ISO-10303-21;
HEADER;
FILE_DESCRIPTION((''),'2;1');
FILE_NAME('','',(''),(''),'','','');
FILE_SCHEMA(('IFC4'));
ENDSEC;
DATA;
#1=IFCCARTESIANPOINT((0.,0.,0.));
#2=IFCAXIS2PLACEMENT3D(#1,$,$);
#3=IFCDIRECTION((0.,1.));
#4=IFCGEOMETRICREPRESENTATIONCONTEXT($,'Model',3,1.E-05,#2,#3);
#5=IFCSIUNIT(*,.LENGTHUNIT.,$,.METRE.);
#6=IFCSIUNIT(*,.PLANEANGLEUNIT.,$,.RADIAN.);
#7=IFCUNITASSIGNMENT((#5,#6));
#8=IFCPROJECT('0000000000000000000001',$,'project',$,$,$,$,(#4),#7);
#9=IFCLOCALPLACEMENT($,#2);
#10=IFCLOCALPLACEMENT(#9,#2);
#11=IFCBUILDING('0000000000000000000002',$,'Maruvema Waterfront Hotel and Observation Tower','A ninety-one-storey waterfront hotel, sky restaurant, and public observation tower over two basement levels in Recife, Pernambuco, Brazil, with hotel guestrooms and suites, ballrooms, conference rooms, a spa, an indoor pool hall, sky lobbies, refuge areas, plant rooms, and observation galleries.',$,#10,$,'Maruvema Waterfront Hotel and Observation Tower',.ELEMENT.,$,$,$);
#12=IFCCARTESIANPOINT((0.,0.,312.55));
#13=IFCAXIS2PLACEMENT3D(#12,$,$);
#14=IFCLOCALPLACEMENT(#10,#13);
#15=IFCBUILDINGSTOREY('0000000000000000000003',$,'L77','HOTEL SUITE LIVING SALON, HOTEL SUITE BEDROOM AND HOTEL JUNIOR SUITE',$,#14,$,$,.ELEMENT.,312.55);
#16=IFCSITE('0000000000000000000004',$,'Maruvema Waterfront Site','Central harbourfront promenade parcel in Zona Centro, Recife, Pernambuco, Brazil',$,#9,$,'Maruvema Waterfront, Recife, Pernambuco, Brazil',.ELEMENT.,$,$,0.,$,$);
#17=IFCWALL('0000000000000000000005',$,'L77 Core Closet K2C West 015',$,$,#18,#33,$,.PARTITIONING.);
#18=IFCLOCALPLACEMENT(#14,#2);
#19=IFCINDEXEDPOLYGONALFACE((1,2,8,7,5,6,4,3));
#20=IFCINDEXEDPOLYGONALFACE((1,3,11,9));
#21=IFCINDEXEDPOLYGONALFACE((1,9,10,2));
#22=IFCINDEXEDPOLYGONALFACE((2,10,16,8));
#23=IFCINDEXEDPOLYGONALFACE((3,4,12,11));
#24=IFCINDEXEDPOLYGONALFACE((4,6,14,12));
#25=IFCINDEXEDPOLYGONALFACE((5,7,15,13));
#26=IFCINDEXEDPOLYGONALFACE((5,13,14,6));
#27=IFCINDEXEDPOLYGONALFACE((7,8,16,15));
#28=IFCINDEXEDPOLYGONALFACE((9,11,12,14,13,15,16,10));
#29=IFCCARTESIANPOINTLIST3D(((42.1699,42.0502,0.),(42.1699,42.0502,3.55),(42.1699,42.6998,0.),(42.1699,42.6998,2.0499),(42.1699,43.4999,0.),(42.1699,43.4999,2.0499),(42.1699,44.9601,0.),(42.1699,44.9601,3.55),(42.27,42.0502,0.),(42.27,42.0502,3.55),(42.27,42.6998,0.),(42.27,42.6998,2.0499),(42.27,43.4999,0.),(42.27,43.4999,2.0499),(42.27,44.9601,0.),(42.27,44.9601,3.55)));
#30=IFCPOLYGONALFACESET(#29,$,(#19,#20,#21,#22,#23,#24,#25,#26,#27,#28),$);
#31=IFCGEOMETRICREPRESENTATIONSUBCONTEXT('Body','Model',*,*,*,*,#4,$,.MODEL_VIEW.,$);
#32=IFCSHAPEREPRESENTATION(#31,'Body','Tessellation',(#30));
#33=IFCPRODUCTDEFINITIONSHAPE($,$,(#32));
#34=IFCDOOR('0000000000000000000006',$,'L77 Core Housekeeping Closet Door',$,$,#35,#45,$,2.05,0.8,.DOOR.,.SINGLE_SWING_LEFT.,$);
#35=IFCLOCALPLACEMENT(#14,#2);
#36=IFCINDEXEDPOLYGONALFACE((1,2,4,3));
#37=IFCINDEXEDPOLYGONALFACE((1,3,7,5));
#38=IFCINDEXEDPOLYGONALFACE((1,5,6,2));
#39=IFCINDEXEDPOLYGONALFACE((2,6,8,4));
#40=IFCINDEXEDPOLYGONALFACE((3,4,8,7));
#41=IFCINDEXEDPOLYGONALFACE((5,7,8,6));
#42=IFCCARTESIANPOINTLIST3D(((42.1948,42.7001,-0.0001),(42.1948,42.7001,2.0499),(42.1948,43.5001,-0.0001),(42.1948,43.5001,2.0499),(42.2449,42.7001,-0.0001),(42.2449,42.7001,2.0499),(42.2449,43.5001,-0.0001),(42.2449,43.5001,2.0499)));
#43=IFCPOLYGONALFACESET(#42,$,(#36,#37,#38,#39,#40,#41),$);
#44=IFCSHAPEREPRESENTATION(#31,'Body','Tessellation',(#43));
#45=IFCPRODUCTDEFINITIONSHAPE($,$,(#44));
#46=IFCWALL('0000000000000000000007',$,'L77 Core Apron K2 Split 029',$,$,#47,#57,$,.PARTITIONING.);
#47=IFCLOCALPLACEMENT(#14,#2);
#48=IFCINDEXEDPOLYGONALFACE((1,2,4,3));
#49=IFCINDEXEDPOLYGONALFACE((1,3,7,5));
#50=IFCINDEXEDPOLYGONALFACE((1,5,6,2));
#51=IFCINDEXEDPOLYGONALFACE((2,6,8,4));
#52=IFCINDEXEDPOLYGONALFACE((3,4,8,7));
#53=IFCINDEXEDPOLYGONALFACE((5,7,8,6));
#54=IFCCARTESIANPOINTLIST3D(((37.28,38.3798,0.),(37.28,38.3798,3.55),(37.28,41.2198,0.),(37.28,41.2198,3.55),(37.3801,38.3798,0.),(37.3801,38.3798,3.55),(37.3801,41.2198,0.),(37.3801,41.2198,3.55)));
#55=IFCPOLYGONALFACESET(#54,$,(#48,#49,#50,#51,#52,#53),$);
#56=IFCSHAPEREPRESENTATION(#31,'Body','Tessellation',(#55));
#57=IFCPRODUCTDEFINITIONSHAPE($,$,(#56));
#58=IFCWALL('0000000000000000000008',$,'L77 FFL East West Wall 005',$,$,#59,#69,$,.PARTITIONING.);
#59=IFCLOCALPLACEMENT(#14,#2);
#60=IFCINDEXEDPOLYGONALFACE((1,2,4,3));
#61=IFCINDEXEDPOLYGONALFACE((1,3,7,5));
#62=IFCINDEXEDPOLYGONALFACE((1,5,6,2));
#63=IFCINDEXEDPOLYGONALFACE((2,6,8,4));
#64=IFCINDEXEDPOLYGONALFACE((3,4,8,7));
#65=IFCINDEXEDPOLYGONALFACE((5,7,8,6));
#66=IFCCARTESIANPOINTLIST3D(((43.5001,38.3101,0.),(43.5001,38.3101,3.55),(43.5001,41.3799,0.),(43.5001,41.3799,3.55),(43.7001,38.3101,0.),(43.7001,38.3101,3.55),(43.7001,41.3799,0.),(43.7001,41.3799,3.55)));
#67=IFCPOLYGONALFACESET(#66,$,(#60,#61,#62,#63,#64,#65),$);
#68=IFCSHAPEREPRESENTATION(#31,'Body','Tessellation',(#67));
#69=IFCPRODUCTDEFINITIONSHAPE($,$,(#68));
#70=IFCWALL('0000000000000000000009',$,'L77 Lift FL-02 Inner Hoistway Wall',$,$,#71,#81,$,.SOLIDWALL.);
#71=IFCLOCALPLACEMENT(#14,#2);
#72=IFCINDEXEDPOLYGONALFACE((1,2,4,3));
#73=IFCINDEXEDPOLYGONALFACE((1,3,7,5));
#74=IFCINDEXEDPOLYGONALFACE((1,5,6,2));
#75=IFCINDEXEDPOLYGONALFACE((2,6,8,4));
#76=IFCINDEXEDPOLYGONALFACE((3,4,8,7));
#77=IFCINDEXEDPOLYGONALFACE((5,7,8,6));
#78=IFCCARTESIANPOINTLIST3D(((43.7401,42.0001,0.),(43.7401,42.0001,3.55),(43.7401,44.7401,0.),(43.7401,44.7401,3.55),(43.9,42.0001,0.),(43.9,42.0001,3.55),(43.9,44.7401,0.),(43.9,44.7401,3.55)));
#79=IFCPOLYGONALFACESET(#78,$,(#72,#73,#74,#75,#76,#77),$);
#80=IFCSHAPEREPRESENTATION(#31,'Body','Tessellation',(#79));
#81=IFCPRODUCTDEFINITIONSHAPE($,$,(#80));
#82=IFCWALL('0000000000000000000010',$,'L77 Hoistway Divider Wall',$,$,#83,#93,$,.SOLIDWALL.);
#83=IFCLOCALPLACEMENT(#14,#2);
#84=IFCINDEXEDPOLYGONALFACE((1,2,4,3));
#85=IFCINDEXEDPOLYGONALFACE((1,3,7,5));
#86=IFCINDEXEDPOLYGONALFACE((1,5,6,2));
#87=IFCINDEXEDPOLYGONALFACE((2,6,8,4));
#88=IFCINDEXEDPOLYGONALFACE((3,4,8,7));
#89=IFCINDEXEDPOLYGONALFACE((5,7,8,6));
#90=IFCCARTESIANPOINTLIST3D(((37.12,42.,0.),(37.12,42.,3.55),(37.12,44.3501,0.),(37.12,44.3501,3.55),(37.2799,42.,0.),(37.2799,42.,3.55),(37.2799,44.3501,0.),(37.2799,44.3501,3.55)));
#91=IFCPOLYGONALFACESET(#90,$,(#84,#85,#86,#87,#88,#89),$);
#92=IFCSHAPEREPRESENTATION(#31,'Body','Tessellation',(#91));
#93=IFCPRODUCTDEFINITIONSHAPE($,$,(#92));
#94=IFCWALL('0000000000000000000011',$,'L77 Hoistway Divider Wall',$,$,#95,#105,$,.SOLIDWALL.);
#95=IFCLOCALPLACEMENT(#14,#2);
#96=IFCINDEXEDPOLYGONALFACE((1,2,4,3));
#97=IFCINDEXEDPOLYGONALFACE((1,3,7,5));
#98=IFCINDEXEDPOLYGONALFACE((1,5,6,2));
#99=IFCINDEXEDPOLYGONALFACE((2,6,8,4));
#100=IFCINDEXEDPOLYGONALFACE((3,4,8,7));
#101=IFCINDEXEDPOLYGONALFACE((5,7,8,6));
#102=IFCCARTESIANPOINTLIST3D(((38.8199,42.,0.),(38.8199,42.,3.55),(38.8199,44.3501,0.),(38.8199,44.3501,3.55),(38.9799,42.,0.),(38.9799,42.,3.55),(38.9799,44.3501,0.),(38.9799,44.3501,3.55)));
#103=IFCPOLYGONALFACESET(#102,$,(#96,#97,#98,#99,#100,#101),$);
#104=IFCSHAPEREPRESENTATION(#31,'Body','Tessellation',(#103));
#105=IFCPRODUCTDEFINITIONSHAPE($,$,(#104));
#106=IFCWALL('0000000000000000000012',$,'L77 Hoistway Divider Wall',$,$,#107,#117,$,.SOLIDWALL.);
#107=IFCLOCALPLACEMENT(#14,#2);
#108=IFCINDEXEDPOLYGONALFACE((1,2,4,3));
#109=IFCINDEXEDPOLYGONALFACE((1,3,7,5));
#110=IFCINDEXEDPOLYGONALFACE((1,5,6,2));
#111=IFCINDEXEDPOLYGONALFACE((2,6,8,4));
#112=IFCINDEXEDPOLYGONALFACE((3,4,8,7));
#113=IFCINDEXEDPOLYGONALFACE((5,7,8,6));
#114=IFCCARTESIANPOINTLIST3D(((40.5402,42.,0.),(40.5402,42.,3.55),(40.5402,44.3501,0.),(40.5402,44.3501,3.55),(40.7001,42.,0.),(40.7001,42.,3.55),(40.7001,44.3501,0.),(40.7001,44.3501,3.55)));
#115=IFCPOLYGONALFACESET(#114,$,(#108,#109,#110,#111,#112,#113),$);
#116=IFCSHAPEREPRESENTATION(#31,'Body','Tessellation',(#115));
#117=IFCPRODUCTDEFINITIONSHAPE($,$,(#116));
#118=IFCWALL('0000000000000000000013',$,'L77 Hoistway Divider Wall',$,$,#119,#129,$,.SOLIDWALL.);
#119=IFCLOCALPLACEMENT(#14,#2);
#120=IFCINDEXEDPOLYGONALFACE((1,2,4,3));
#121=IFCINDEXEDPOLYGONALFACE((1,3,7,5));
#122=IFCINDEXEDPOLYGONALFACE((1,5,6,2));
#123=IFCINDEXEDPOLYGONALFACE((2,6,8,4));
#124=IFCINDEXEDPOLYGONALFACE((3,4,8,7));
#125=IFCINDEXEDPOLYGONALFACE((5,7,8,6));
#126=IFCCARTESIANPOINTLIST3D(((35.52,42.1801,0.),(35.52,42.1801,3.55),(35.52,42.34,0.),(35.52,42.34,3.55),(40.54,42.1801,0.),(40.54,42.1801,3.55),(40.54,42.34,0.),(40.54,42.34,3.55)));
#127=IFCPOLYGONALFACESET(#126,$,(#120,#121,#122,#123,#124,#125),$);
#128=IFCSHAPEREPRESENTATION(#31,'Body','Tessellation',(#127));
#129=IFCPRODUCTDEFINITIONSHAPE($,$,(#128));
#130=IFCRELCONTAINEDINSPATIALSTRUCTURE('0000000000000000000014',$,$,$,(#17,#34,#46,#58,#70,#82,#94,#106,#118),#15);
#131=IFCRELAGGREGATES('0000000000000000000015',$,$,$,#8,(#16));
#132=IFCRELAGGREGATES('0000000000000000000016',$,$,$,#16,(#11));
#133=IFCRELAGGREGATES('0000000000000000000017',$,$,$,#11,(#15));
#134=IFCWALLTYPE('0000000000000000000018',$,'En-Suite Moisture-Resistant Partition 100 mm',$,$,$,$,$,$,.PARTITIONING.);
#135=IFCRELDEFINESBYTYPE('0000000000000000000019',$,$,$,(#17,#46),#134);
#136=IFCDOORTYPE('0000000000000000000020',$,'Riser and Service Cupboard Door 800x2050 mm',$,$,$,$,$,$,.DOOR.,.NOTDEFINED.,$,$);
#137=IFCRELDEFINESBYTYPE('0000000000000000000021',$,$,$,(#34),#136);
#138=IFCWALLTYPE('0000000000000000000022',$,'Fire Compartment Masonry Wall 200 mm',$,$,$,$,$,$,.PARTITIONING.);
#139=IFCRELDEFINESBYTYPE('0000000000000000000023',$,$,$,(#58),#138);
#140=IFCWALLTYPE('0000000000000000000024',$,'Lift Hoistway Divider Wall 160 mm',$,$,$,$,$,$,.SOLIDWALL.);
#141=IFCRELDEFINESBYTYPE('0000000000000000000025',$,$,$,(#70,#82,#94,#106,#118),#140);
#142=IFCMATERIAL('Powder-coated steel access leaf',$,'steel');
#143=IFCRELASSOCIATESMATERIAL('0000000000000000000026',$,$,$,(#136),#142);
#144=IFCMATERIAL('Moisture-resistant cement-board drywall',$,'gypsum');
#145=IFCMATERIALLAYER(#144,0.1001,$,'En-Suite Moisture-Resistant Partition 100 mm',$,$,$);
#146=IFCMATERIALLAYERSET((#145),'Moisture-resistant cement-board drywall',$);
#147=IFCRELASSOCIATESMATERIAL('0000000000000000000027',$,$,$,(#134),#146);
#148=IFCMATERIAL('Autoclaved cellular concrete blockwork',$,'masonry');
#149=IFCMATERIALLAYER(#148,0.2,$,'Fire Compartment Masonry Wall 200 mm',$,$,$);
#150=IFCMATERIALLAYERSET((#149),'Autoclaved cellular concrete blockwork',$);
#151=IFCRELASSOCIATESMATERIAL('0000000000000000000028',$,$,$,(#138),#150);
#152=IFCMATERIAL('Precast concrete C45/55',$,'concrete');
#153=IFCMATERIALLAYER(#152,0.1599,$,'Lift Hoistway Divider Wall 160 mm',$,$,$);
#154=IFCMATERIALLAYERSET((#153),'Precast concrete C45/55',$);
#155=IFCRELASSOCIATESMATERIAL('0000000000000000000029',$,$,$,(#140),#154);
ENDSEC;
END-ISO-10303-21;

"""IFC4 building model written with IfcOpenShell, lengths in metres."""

from ifc_helpers import new_model, si_unit, direction, frame, frame_2d, origin, place, context, subcontext, project, spatial, rectangle, extrude, material, layer, layer_set, type_object, element, fill, save


model = new_model("IFC4")

# Units and contexts
model_context = context("Model", 3, precision=1e-05, world=origin(), true_north=direction((0.0, 1.0)))
body_context = subcontext(model_context, "Body", "Model", "MODEL_VIEW")
ifc_project = project(units=[si_unit("LENGTHUNIT", "METRE"), si_unit("PLANEANGLEUNIT", "RADIAN")], contexts=[model_context])

# Site, building, storey
site_placement = place(None, origin())
site = spatial("IfcSite", under=ifc_project, at=site_placement, Name="Maruvema Waterfront Site", Description="Central harbourfront promenade parcel in Zona Centro, Recife, Pernambuco, Brazil", LongName="Maruvema Waterfront, Recife, Pernambuco, Brazil", CompositionType="ELEMENT", RefElevation=0.0)
building_placement = place(site_placement, origin())
building = spatial("IfcBuilding", under=site, at=building_placement, Name="Maruvema Waterfront Hotel and Observation Tower", Description="A ninety-one-storey waterfront hotel, sky restaurant, and public observation tower over two basement levels in Recife, Pernambuco, Brazil, with hotel guestrooms and suites, ballrooms, conference rooms, a spa, an indoor pool hall, sky lobbies, refuge areas, plant rooms, and observation galleries.", LongName="Maruvema Waterfront Hotel and Observation Tower", CompositionType="ELEMENT")
storey_placement = place(building_placement, frame((0.0, 0.0, 312.55)))
storey = spatial("IfcBuildingStorey", under=building, at=storey_placement, Name="L77", Description="HOTEL SUITE LIVING SALON, HOTEL SUITE BEDROOM AND HOTEL JUNIOR SUITE", CompositionType="ELEMENT", Elevation=312.55)

# Shared definitions
ifc_material_1 = material(Name="Powder-coated steel access leaf", Category="steel")
door_type_1 = type_object("IfcDoorType", Name="Riser and Service Cupboard Door 800x2050 mm", OperationType="NOTDEFINED", PredefinedType="DOOR", material=ifc_material_1)

# Shared definitions
ifc_material_2 = material(Name="Moisture-resistant cement-board drywall", Category="gypsum")
ifc_layer_1 = layer(ifc_material_2, 0.1001, Name="En-Suite Moisture-Resistant Partition 100 mm")
ifc_layer_set_1 = layer_set([ifc_layer_1], Name="Moisture-resistant cement-board drywall")
wall_type_1 = type_object("IfcWallType", Name="En-Suite Moisture-Resistant Partition 100 mm", PredefinedType="PARTITIONING", material=ifc_layer_set_1)

# Wall, opening, door
wall_1_placement = place(storey_placement, frame((42.22, 42.05, 0.0), z_axis=(0.0, 0.0, 1.0), x_axis=(0.0, 1.0, 0.0)))
wall_1 = element("IfcWall", 1, at=wall_1_placement, inside=storey, type_object=wall_type_1, Name="L77 Core Closet K2C West 015", PredefinedType="PARTITIONING", context=body_context, shape_type="SweptSolid", body=[
    extrude(rectangle(XDim=2.9099, YDim=0.1001, at=frame_2d((1.4551, 0.0))), origin(), (0.0, 0.0, 1.0), 3.55),
])
opening_1_placement = place(wall_1_placement, frame((0.6499, 0.0, 0.0)))
opening_1 = element("IfcOpeningElement", 2, at=opening_1_placement, cuts=wall_1, PredefinedType="OPENING", context=body_context, shape_type="SweptSolid", body=[
    extrude(rectangle(XDim=0.8, YDim=2.05, at=frame_2d((0.3999, 1.0249))), frame((0.0, 0.0601, 0.0), z_axis=(0.0, -1.0, 0.0), x_axis=(1.0, 0.0, 0.0)), (0.0, 0.0, 1.0), 0.1201),
])
door_1_placement = place(opening_1_placement, frame((0.8, 0.0, 0.0), z_axis=(0.0, 0.0, 1.0), x_axis=(-1.0, 0.0, 0.0)))
door_1 = element("IfcDoor", 3, at=door_1_placement, inside=storey, type_object=door_type_1, Name="L77 Core Housekeeping Closet Door", OperationType="SINGLE_SWING_LEFT", OverallHeight=2.05, OverallWidth=0.8, PredefinedType="DOOR", context=body_context, shape_type="SweptSolid", body=[
    extrude(rectangle(XDim=0.8, YDim=2.05, at=frame_2d((0.3999, 1.0249))), frame((0.0, 0.0249, 0.0), z_axis=(0.0, -1.0, 0.0), x_axis=(1.0, 0.0, 0.0)), (0.0, 0.0, 1.0), 0.05),
])
fill(opening_1, door_1)

# Wall
wall_2_placement = place(storey_placement, frame((37.3301, 38.3799, 0.0), z_axis=(0.0, 0.0, 1.0), x_axis=(0.0, 1.0, 0.0)))
element("IfcWall", 4, at=wall_2_placement, inside=storey, type_object=wall_type_1, Name="L77 Core Apron K2 Split 029", PredefinedType="PARTITIONING", context=body_context, shape_type="SweptSolid", body=[
    extrude(rectangle(XDim=2.8401, YDim=0.1001, at=frame_2d((1.4199, 0.0))), origin(), (0.0, 0.0, 1.0), 3.55),
])

# Shared definitions
ifc_material_3 = material(Name="Autoclaved cellular concrete blockwork", Category="masonry")
ifc_layer_2 = layer(ifc_material_3, 0.2, Name="Fire Compartment Masonry Wall 200 mm")
ifc_layer_set_2 = layer_set([ifc_layer_2], Name="Autoclaved cellular concrete blockwork")
wall_type_2 = type_object("IfcWallType", Name="Fire Compartment Masonry Wall 200 mm", PredefinedType="PARTITIONING", material=ifc_layer_set_2)

# Walls
wall_3_placement = place(storey_placement, frame((43.6001, 38.3101, 0.0), z_axis=(0.0, 0.0, 1.0), x_axis=(0.0, 1.0, 0.0)))
element("IfcWall", 5, at=wall_3_placement, inside=storey, type_object=wall_type_2, Name="L77 FFL East West Wall 005", PredefinedType="PARTITIONING", context=body_context, shape_type="SweptSolid", body=[
    extrude(rectangle(XDim=3.0698, YDim=0.2, at=frame_2d((1.5349, 0.0))), origin(), (0.0, 0.0, 1.0), 3.55),
])
ifc_material_4 = material(Name="Precast concrete C45/55", Category="concrete")
ifc_layer_3 = layer(ifc_material_4, 0.1599, Name="Lift Hoistway Divider Wall 160 mm")
ifc_layer_set_3 = layer_set([ifc_layer_3], Name="Precast concrete C45/55")
wall_type_3 = type_object("IfcWallType", Name="Lift Hoistway Divider Wall 160 mm", PredefinedType="SOLIDWALL", material=ifc_layer_set_3)
wall_4_placement = place(storey_placement, frame((43.8201, 42.0, 0.0), z_axis=(0.0, 0.0, 1.0), x_axis=(0.0, 1.0, 0.0)))
element("IfcWall", 6, at=wall_4_placement, inside=storey, type_object=wall_type_3, Name="L77 Lift FL-02 Inner Hoistway Wall", PredefinedType="SOLIDWALL", context=body_context, shape_type="SweptSolid", body=[
    extrude(rectangle(XDim=2.74, YDim=0.1599, at=frame_2d((1.3701, 0.0))), origin(), (0.0, 0.0, 1.0), 3.55),
])
for number, where, z_axis, x_axis, name in (
    (7, (37.2, 42.0, 0.0), (0.0, 0.0, 1.0), (0.0, 1.0, 0.0), "L77 Hoistway Divider Wall"),
    (8, (38.8999, 42.0, 0.0), (0.0, 0.0, 1.0), (0.0, 1.0, 0.0), "L77 Hoistway Divider Wall"),
    (9, (40.6201, 42.0, 0.0), (0.0, 0.0, 1.0), (0.0, 1.0, 0.0), "L77 Hoistway Divider Wall"),
):
    element("IfcWall", number, at=place(storey_placement, frame(where, z_axis=z_axis, x_axis=x_axis)), inside=storey, type_object=wall_type_3, Name=name, PredefinedType="SOLIDWALL", context=body_context, shape_type="SweptSolid", body=[
        extrude(rectangle(XDim=2.3501, YDim=0.1599, at=frame_2d((1.175, 0.0))), origin(), (0.0, 0.0, 1.0), 3.55),
    ])
wall_5_placement = place(storey_placement, frame((35.52, 42.26, 0.0), z_axis=(0.0, 0.0, 1.0), x_axis=(1.0, 0.0, 0.0)))
element("IfcWall", 10, at=wall_5_placement, inside=storey, type_object=wall_type_3, Name="L77 Hoistway Divider Wall", PredefinedType="SOLIDWALL", context=body_context, shape_type="SweptSolid", body=[
    extrude(rectangle(XDim=5.02, YDim=0.1599, at=frame_2d((2.51, 0.0))), origin(), (0.0, 0.0, 1.0), 3.55),
])

save(model, "model.ifc")
